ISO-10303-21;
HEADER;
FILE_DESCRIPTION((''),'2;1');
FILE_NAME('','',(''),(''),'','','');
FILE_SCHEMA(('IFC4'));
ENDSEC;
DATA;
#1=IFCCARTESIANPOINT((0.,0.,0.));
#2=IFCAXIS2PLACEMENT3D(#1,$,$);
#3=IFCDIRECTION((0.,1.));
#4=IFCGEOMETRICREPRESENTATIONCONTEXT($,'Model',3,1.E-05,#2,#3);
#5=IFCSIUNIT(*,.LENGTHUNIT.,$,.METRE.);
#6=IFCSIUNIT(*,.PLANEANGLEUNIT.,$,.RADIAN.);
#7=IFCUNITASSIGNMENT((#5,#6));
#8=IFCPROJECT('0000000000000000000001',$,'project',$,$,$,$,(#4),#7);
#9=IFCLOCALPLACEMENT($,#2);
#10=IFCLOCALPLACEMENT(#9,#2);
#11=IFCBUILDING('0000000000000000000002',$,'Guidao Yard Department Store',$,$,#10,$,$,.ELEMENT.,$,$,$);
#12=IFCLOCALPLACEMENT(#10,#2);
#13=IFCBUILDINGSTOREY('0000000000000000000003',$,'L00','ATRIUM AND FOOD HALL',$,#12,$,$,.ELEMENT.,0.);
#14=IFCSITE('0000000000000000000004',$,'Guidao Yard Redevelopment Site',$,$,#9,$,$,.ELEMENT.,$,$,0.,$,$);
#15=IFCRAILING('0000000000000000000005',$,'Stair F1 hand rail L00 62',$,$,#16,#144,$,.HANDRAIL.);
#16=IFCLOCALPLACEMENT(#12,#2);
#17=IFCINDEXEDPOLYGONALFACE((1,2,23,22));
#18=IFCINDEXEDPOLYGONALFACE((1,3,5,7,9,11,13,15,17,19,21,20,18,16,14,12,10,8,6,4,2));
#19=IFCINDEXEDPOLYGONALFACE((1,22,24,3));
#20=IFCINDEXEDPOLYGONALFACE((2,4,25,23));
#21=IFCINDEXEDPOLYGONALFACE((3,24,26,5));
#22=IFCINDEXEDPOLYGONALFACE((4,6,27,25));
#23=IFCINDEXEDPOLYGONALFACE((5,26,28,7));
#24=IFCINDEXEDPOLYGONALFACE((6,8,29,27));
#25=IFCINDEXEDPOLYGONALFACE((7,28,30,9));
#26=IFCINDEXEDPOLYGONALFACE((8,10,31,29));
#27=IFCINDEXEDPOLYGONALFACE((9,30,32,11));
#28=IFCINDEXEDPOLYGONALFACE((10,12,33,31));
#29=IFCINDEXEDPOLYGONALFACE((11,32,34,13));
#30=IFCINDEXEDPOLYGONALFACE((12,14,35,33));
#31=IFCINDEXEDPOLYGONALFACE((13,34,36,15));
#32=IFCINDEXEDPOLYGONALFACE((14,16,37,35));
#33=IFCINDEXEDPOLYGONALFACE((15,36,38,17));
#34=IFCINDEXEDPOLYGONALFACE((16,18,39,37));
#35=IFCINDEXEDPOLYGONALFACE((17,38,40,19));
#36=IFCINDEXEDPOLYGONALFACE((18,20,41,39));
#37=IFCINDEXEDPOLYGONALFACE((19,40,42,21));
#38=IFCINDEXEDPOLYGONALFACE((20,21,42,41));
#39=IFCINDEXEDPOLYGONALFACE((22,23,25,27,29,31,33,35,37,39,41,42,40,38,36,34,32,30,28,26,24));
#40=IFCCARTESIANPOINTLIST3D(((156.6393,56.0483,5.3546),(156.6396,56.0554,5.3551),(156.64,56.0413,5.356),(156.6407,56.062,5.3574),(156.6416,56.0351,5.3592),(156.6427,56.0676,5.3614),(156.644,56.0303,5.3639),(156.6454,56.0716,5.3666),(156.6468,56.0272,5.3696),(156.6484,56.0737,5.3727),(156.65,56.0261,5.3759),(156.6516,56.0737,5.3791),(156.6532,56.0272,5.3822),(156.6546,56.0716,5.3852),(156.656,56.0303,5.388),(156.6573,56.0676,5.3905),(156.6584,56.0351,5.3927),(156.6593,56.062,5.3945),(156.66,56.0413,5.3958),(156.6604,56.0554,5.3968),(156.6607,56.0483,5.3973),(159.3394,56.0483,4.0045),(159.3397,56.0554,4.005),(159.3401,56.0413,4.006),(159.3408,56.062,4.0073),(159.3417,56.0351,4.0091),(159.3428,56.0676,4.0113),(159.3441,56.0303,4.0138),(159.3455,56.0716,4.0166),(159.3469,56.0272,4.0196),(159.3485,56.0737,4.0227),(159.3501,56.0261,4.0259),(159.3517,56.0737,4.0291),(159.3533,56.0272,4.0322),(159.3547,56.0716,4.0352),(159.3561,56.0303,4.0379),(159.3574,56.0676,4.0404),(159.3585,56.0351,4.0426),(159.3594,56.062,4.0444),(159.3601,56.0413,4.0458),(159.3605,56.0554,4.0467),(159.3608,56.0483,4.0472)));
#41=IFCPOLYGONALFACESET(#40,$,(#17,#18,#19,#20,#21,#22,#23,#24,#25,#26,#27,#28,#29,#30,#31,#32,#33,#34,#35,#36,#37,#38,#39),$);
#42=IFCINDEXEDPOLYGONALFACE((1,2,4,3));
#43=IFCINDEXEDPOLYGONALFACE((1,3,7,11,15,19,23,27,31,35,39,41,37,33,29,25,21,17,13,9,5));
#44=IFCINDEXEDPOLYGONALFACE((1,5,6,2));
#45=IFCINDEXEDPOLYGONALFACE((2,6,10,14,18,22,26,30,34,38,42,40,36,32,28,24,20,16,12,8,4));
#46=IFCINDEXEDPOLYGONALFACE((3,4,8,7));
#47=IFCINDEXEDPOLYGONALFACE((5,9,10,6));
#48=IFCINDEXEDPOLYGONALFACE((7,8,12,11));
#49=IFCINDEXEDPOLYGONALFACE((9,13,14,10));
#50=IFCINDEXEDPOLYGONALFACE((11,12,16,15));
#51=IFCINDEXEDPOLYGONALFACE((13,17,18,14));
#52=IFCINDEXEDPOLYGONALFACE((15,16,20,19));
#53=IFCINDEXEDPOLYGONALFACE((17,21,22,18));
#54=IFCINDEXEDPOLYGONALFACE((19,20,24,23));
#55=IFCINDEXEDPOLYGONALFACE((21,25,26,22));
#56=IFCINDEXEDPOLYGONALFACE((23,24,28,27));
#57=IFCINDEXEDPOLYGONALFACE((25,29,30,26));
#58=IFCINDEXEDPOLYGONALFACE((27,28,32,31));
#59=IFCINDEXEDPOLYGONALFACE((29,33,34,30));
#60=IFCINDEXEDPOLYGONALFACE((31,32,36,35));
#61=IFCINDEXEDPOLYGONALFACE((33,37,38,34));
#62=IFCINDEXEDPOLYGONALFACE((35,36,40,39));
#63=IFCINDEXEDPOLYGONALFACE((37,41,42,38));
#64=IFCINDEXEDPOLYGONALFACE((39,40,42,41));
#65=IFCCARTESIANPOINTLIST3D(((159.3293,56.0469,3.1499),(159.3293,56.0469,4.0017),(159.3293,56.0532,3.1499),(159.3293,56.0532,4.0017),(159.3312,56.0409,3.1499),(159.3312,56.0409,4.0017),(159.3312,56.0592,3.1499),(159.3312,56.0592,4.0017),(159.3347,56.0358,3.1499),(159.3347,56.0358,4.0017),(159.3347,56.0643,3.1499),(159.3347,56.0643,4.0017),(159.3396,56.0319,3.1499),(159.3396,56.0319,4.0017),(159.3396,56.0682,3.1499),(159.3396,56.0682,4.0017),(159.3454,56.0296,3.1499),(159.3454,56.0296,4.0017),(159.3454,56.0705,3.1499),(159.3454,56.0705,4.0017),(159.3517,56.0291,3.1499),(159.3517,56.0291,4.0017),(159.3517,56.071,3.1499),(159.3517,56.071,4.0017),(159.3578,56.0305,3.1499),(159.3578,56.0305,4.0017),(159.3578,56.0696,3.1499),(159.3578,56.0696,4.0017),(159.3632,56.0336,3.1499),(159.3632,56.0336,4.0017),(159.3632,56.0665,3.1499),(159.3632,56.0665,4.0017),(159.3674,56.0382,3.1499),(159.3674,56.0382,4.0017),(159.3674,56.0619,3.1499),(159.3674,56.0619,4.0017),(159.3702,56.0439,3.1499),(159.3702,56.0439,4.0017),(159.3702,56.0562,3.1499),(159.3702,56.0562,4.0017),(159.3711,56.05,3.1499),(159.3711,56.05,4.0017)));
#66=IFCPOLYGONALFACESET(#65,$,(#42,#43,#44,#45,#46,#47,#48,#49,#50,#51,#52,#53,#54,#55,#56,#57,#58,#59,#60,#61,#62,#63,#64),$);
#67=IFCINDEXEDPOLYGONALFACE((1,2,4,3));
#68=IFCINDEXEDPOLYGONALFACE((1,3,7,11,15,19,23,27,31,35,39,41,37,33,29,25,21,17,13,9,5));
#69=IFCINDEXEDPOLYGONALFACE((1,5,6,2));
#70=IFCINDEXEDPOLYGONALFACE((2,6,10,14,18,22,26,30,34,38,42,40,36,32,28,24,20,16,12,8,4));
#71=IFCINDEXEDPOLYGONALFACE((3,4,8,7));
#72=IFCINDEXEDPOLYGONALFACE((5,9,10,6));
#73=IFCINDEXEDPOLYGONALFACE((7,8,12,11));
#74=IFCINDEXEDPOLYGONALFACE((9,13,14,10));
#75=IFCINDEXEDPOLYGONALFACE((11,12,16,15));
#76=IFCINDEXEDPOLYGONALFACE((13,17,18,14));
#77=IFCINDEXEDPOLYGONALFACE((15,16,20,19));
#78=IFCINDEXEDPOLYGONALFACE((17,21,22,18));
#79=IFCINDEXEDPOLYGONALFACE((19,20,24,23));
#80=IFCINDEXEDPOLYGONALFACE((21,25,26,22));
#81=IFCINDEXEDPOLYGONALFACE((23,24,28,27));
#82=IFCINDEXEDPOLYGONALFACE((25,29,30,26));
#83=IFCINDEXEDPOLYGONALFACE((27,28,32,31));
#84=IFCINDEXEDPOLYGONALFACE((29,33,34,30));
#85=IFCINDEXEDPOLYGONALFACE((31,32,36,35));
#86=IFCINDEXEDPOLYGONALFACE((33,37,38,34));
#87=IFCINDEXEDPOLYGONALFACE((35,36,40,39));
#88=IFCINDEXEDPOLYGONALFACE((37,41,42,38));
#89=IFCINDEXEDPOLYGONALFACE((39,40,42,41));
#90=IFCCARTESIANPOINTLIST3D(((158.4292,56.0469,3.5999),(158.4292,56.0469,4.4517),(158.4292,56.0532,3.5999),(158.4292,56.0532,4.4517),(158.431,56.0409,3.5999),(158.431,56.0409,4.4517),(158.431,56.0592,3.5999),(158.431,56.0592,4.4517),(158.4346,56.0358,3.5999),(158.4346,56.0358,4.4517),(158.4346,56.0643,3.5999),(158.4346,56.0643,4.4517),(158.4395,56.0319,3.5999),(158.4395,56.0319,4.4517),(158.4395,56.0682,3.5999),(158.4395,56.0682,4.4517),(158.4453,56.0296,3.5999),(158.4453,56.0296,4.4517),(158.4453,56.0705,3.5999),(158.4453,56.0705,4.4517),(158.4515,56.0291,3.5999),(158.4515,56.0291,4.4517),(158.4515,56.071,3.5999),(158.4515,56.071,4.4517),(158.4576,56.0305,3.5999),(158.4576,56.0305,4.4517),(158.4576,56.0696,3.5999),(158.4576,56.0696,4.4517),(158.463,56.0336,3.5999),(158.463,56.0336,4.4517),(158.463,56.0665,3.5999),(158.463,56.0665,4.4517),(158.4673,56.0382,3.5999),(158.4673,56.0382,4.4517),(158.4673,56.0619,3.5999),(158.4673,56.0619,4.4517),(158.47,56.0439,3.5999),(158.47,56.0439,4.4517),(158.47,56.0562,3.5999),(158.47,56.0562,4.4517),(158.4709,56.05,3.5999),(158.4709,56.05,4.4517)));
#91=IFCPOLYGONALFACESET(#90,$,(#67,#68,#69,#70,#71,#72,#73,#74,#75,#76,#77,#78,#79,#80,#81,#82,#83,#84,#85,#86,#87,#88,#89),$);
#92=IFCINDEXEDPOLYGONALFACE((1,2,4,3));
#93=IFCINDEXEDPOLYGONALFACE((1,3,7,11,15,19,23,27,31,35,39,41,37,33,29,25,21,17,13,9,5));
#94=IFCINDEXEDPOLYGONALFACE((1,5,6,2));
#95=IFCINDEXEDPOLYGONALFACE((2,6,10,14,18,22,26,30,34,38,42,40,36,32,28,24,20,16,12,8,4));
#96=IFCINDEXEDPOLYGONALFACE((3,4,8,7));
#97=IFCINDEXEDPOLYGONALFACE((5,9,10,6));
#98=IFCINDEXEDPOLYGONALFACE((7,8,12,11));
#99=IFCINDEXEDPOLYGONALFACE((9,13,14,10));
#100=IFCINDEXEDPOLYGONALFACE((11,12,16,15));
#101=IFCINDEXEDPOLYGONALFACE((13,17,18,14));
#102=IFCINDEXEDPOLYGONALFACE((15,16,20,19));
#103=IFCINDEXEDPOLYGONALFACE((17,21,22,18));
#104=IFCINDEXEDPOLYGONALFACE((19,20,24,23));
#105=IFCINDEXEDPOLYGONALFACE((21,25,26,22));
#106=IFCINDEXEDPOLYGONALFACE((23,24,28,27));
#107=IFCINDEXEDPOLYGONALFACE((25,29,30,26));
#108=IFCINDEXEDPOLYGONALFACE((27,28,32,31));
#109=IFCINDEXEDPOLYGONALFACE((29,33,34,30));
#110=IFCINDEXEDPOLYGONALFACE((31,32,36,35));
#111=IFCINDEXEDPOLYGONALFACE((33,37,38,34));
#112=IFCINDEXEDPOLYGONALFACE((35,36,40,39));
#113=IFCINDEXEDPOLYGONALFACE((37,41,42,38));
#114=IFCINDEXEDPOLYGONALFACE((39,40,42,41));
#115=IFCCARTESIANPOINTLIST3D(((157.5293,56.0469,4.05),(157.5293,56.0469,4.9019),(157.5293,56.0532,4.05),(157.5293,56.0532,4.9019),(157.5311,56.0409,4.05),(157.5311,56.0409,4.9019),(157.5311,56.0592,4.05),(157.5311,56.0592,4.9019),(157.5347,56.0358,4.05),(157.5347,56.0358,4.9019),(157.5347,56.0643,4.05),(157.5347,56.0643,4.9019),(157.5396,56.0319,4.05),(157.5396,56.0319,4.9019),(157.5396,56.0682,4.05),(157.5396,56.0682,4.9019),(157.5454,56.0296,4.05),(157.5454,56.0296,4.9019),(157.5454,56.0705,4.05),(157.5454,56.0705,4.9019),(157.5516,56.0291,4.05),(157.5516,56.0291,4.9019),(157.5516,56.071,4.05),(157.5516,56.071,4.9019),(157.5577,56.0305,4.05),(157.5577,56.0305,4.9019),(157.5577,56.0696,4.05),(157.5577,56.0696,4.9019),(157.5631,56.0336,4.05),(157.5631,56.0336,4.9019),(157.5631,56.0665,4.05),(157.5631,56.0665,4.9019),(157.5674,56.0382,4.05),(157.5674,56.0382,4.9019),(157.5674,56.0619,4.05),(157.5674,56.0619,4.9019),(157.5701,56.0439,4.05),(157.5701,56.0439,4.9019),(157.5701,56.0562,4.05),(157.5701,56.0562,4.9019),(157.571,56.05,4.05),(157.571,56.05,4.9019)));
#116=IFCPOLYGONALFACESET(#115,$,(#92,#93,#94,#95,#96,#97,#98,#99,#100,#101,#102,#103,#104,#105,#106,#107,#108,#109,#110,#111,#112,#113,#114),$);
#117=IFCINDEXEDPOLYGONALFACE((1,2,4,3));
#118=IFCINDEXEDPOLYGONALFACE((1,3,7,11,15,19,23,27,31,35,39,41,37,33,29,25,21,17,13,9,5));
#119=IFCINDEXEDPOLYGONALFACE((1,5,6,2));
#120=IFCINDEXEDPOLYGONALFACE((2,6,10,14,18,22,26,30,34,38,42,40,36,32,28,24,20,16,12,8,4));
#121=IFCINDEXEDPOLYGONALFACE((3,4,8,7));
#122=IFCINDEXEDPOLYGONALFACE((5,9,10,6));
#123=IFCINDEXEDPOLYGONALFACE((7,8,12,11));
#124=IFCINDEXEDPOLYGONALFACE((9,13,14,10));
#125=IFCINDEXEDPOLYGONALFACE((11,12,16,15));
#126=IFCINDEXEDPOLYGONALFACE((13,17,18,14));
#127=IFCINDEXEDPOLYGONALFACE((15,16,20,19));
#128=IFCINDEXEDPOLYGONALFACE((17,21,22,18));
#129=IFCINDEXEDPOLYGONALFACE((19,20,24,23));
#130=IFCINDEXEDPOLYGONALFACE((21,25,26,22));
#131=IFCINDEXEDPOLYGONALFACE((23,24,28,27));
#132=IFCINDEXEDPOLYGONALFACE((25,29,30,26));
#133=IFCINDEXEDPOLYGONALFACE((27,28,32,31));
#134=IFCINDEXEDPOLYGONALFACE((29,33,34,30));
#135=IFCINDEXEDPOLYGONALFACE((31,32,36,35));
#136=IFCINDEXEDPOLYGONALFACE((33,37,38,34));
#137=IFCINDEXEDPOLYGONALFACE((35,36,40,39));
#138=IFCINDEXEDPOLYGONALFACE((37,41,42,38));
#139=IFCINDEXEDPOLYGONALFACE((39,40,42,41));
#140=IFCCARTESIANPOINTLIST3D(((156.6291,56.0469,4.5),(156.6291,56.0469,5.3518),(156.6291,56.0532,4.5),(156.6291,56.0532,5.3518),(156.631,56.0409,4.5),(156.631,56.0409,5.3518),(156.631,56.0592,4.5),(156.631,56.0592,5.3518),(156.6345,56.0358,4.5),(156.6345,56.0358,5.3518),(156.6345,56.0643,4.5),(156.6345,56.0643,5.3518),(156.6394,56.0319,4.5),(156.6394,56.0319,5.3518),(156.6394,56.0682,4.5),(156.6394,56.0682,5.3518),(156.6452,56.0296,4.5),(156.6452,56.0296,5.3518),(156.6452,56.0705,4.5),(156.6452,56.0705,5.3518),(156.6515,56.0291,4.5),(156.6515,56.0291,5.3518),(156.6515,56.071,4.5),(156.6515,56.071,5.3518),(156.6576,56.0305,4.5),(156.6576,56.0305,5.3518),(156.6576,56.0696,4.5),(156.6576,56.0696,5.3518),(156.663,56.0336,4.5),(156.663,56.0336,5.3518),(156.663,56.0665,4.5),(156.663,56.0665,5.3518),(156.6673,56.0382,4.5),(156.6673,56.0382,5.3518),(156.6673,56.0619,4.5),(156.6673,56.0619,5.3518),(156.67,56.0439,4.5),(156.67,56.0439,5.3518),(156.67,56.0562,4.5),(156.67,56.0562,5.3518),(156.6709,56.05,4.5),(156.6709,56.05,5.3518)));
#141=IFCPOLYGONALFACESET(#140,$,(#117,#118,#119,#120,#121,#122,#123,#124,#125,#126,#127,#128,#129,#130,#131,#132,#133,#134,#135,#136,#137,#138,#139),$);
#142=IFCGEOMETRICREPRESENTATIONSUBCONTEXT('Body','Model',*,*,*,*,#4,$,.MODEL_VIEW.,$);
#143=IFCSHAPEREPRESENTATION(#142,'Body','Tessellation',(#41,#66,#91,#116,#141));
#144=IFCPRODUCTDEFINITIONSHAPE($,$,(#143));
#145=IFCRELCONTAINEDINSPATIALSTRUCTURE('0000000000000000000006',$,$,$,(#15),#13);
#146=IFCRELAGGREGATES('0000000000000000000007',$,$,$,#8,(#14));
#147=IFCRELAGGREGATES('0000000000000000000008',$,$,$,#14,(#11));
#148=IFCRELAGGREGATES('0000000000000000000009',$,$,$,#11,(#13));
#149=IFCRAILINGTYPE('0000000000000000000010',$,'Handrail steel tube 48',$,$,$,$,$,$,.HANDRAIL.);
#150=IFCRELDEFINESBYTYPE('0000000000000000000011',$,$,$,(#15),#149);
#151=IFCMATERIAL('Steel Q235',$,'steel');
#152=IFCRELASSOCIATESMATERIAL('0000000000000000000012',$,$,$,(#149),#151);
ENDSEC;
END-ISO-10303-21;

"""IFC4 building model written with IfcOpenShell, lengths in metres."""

from ifc_helpers import new_model, si_unit, direction, frame, origin, origin_2d, place, context, subcontext, project, spatial, circle, extrude, material, type_object, element, save


model = new_model("IFC4")

# Units and contexts
model_context = context("Model", 3, precision=1e-05, world=origin(), true_north=direction((0.0, 1.0)))
body_context = subcontext(model_context, "Body", "Model", "MODEL_VIEW")
ifc_project = project(units=[si_unit("LENGTHUNIT", "METRE"), si_unit("PLANEANGLEUNIT", "RADIAN")], contexts=[model_context])

# Site, building, storey
site_placement = place(None, origin())
site = spatial("IfcSite", under=ifc_project, at=site_placement, Name="Guidao Yard Redevelopment Site", CompositionType="ELEMENT", RefElevation=0.0)
building_placement = place(site_placement, origin())
building = spatial("IfcBuilding", under=site, at=building_placement, Name="Guidao Yard Department Store", CompositionType="ELEMENT")
storey_placement = place(building_placement, origin())
storey = spatial("IfcBuildingStorey", under=building, at=storey_placement, Name="L00", Description="ATRIUM AND FOOD HALL", CompositionType="ELEMENT", Elevation=0.0)

# Railing
ifc_material_1 = material(Name="Steel Q235", Category="steel")
railing_type = type_object("IfcRailingType", Name="Handrail steel tube 48", PredefinedType="HANDRAIL", material=ifc_material_1)
for number, where, name in (
    (1, (159.3501, 56.05, 3.1499), "Stair F1 hand rail L00 62"),
):
    element("IfcRailing", number, at=place(storey_placement, frame(where)), inside=storey, type_object=railing_type, Name=name, PredefinedType="HANDRAIL", context=body_context, shape_type="SweptSolid", body=[
        extrude(circle(Radius=0.0239, at=origin_2d()), frame((0.0, 0.0, 0.876), z_axis=(-0.894427, 0.0, 0.447214), x_axis=(0.0, -1.0, 0.0)), (0.0, 0.0, 1.0), 3.0188),
        extrude(circle(Radius=0.021, at=origin_2d()), origin(), (0.0, 0.0, 1.0), 0.8518),
        extrude(circle(Radius=0.021, at=origin_2d()), frame((-0.9001, 0.0, 0.45)), (0.0, 0.0, 1.0), 0.8518),
        extrude(circle(Radius=0.021, at=origin_2d()), frame((-1.8, 0.0, 0.9001)), (0.0, 0.0, 1.0), 0.8518),
        extrude(circle(Radius=0.021, at=origin_2d()), frame((-2.7002, 0.0, 1.3501)), (0.0, 0.0, 1.0), 0.8518),
    ])

save(model, "model.ifc")
